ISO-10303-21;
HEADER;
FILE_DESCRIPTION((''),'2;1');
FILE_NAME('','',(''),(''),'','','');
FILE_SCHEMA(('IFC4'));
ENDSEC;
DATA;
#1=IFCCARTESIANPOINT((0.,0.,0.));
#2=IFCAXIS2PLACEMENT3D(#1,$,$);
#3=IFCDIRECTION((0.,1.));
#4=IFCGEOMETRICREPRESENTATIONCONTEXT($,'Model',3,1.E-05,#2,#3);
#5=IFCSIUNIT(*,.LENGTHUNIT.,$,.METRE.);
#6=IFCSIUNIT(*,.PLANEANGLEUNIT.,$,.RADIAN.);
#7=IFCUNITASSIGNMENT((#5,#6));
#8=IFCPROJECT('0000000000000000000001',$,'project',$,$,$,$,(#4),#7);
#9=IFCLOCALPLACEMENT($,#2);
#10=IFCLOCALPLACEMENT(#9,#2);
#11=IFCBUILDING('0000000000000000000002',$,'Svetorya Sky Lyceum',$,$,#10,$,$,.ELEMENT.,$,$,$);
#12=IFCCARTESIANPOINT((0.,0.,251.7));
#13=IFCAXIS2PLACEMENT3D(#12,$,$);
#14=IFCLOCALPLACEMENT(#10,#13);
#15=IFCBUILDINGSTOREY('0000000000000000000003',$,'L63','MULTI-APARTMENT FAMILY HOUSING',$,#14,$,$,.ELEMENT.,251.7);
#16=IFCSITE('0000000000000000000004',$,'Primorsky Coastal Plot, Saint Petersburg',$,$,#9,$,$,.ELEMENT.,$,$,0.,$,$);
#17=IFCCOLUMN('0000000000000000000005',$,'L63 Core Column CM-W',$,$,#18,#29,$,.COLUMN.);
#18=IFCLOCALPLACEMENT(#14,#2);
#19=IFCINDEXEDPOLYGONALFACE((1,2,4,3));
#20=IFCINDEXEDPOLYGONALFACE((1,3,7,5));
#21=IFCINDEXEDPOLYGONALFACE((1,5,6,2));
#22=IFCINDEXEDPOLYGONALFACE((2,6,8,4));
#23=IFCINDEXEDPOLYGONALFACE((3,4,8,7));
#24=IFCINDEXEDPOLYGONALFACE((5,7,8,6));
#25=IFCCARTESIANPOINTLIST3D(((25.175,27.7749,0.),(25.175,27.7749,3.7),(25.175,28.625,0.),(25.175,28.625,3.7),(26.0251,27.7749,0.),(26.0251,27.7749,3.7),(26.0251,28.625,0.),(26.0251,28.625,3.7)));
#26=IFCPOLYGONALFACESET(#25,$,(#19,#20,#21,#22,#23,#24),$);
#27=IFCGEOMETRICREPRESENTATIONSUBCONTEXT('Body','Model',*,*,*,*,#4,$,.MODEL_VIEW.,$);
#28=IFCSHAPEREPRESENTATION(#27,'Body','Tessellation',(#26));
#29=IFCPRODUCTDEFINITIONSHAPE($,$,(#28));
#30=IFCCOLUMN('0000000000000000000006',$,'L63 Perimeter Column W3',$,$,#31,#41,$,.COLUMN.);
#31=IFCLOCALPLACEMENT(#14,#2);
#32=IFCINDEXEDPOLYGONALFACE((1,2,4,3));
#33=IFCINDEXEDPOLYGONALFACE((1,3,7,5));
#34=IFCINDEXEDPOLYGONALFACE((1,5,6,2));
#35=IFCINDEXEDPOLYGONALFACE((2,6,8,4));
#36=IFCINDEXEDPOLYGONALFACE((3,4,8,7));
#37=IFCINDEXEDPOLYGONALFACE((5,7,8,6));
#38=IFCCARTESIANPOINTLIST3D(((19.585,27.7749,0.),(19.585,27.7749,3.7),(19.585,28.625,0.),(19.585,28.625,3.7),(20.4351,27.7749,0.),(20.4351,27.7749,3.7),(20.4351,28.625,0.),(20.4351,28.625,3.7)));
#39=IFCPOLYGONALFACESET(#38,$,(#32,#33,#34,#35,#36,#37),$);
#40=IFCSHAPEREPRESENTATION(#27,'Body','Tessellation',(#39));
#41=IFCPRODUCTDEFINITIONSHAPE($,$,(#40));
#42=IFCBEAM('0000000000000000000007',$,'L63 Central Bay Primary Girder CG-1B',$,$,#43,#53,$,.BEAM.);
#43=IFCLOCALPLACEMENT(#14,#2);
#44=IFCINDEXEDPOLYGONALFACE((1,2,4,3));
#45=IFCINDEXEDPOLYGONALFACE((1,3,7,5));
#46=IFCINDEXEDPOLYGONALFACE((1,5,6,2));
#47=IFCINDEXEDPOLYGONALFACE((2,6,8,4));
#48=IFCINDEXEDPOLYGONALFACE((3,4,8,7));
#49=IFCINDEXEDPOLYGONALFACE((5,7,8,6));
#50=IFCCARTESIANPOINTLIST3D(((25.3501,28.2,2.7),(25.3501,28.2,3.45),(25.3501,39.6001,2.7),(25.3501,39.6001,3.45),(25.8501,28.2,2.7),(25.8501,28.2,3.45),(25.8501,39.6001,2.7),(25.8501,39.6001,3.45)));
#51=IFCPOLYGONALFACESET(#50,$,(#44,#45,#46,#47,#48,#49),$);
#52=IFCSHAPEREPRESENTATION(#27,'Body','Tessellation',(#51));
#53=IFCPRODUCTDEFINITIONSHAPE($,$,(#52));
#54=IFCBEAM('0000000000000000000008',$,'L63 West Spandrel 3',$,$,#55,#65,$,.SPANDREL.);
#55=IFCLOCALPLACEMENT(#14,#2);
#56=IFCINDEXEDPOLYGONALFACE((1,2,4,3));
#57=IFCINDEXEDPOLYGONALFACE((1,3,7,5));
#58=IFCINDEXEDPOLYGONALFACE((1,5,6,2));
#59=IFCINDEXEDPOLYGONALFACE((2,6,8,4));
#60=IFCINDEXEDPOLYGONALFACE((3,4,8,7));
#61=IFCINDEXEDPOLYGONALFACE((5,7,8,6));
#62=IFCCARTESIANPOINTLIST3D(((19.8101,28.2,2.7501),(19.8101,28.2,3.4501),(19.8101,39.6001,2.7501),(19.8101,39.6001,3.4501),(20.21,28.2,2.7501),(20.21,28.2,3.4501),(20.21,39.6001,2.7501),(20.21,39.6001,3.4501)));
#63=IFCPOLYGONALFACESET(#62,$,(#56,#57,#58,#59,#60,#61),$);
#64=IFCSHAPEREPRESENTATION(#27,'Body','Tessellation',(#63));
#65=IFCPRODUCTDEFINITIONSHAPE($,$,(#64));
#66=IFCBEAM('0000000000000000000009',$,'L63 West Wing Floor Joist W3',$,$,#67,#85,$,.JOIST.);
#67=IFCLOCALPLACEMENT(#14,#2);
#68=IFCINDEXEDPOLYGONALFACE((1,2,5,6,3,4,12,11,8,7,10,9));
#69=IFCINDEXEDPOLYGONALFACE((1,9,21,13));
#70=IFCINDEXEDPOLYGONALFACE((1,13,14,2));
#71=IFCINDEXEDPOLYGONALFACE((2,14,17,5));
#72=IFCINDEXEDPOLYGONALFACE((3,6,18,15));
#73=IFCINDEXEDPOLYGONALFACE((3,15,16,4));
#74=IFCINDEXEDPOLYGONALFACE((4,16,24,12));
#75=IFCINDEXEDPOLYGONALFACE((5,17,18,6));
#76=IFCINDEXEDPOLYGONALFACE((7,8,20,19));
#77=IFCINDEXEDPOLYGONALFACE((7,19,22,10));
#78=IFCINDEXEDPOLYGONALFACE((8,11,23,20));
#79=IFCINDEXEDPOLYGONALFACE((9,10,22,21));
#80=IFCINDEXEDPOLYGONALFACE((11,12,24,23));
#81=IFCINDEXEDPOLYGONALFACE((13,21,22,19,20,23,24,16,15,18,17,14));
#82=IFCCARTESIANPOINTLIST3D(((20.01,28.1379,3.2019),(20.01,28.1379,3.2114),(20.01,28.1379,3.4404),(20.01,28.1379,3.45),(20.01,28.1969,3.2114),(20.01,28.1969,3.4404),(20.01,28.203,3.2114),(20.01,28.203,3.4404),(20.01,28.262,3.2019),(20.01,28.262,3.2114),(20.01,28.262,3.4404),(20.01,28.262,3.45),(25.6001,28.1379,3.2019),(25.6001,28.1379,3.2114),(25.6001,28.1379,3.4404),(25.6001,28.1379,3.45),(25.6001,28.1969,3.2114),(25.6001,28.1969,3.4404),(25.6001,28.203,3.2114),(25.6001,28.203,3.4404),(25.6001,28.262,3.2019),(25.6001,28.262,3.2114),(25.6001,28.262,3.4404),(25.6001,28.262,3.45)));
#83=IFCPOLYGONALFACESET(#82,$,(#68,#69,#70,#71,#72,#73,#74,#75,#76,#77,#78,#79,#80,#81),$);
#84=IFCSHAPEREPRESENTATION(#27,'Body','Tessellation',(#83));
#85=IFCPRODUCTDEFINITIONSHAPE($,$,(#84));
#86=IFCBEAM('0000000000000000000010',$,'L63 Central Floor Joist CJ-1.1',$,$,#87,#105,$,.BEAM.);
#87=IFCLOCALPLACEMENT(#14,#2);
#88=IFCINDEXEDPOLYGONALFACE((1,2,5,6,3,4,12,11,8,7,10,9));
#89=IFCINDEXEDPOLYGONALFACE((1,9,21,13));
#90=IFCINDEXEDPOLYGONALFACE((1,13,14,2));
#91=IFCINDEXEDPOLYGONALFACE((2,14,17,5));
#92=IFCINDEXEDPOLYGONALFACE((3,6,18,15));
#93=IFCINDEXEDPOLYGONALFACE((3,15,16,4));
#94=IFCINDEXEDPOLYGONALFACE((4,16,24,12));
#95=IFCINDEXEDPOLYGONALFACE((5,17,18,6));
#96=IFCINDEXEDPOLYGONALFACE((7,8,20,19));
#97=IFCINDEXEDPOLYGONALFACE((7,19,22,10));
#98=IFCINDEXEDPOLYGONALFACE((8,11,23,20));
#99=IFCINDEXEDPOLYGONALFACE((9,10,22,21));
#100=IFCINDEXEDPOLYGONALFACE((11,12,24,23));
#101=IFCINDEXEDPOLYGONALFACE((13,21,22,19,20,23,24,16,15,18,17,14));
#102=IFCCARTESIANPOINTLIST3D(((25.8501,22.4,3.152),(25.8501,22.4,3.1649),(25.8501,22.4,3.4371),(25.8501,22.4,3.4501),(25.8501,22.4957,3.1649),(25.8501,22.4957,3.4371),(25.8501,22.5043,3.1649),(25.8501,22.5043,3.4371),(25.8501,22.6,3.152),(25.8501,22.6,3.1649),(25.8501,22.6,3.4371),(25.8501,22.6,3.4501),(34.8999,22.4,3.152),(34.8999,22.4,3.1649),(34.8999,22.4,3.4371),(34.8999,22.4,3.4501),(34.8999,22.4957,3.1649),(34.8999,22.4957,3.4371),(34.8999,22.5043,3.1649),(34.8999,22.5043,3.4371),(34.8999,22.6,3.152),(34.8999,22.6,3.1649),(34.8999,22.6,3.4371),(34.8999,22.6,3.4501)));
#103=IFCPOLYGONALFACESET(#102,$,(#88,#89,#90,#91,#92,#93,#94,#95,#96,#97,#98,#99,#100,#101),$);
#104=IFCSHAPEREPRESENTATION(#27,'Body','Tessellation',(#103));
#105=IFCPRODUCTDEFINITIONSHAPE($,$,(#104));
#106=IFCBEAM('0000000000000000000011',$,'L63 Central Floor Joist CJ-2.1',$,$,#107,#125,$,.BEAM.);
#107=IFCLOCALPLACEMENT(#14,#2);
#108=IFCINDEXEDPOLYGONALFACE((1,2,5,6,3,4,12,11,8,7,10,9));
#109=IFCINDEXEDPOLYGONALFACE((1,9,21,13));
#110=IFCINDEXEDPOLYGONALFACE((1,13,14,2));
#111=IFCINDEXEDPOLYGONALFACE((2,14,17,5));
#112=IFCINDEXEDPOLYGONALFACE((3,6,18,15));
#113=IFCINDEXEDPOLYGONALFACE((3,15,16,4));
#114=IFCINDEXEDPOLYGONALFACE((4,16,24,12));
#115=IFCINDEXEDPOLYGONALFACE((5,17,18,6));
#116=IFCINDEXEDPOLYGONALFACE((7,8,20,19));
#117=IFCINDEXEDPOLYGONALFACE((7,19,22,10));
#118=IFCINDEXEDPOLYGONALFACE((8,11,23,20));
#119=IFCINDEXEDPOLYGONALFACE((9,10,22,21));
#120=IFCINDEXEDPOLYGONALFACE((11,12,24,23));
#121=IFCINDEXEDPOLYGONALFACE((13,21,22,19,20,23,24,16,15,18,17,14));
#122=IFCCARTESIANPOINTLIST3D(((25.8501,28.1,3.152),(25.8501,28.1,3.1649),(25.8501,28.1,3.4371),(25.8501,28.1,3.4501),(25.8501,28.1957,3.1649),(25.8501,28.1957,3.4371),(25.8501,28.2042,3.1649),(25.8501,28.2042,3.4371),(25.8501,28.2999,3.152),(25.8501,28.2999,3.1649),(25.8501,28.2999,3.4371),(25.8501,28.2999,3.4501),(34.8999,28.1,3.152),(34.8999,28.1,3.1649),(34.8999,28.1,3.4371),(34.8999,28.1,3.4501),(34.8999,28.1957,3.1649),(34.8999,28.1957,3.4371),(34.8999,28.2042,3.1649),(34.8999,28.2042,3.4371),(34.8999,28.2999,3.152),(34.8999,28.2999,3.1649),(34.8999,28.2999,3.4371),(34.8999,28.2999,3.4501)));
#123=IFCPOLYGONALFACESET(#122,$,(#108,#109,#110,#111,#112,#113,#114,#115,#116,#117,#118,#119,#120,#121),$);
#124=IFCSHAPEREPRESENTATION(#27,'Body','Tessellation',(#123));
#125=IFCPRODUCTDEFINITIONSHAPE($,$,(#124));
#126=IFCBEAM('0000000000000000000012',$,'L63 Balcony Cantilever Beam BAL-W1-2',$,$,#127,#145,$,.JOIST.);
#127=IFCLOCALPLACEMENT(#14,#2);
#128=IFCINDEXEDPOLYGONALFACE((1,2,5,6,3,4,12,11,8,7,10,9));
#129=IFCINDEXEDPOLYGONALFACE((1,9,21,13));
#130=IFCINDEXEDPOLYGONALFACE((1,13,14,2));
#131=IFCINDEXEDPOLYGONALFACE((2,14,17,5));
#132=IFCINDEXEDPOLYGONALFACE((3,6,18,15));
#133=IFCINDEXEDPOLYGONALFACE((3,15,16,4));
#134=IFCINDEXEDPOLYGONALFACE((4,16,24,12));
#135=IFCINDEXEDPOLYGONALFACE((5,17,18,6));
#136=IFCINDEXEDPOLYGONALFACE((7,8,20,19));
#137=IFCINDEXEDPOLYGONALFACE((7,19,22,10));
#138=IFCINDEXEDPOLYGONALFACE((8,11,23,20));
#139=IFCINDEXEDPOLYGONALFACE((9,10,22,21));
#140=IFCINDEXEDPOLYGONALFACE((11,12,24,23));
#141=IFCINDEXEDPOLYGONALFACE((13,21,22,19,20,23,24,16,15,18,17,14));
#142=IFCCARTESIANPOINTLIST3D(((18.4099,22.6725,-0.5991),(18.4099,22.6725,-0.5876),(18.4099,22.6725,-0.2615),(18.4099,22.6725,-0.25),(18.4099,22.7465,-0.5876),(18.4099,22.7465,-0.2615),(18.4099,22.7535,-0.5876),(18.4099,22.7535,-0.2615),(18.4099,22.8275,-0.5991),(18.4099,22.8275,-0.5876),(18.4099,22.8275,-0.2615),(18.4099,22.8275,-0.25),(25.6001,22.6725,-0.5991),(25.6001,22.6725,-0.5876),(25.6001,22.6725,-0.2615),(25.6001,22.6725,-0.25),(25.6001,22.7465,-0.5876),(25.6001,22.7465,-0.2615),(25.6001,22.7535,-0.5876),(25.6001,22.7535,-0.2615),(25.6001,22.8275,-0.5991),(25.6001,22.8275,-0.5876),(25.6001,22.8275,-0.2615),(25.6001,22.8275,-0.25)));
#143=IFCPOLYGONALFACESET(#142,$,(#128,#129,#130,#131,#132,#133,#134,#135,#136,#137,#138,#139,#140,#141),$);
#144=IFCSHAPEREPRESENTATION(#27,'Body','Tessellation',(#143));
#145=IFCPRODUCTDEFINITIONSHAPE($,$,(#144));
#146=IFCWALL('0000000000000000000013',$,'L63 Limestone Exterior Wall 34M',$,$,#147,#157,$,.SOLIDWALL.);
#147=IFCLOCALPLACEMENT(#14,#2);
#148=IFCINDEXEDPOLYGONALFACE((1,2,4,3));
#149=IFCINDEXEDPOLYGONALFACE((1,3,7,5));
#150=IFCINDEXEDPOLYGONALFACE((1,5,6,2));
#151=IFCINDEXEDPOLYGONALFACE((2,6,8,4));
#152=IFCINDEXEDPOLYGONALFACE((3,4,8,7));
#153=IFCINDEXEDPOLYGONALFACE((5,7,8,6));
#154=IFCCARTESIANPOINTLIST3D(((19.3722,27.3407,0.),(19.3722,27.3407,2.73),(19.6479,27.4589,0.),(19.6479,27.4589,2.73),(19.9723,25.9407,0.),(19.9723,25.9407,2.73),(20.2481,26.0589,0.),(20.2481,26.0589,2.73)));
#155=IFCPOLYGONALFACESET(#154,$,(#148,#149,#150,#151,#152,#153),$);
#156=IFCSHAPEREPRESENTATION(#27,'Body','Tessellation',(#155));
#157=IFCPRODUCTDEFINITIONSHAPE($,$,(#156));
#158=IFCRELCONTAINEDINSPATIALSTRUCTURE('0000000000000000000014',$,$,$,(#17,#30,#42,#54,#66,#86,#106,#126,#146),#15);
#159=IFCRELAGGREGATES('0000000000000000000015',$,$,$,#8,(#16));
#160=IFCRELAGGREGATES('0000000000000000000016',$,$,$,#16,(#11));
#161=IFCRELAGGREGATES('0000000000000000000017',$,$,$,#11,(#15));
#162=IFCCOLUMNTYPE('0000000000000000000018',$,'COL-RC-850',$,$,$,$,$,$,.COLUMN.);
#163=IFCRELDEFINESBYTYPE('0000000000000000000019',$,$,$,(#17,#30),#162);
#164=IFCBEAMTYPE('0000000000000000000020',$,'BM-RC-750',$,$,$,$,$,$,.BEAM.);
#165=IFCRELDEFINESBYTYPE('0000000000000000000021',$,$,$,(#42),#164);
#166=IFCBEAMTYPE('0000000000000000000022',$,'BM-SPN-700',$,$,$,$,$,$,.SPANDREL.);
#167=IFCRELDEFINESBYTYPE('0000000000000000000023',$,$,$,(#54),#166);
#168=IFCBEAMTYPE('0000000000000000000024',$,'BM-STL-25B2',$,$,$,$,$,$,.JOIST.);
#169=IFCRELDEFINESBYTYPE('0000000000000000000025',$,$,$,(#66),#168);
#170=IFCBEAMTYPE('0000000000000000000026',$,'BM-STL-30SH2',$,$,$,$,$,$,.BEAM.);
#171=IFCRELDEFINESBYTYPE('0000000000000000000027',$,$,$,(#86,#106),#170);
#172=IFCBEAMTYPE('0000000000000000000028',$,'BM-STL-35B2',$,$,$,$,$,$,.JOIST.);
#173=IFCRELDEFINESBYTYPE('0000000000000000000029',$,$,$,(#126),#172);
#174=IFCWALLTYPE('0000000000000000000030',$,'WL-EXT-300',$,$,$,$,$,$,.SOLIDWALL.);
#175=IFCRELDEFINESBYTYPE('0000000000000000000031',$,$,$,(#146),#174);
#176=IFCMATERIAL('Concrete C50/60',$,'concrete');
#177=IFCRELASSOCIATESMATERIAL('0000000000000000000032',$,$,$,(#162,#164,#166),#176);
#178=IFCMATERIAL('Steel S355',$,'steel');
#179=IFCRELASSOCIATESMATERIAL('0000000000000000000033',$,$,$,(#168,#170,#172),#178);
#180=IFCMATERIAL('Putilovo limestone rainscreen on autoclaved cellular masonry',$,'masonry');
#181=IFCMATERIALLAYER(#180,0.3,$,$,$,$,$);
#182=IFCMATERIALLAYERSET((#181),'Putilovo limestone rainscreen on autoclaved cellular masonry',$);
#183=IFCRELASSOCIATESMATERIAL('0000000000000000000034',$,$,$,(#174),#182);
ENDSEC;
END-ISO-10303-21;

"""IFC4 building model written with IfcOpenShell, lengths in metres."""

from ifc_helpers import new_model, si_unit, direction, frame, frame_2d, origin, origin_2d, place, context, subcontext, project, spatial, rectangle, i_section, extrude, material, layer, layer_set, material_profile, profile_set, type_object, element, save


model = new_model("IFC4")

# Units and contexts
model_context = context("Model", 3, precision=1e-05, world=origin(), true_north=direction((0.0, 1.0)))
body_context = subcontext(model_context, "Body", "Model", "MODEL_VIEW")
ifc_project = project(units=[si_unit("LENGTHUNIT", "METRE"), si_unit("PLANEANGLEUNIT", "RADIAN")], contexts=[model_context])

# Site, building, storey
site_placement = place(None, origin())
site = spatial("IfcSite", under=ifc_project, at=site_placement, Name="Primorsky Coastal Plot, Saint Petersburg", CompositionType="ELEMENT", RefElevation=0.0)
building_placement = place(site_placement, origin())
building = spatial("IfcBuilding", under=site, at=building_placement, Name="Svetorya Sky Lyceum", CompositionType="ELEMENT")
storey_placement = place(building_placement, frame((0.0, 0.0, 251.7)))
storey = spatial("IfcBuildingStorey", under=building, at=storey_placement, Name="L63", Description="MULTI-APARTMENT FAMILY HOUSING", CompositionType="ELEMENT", Elevation=251.7)

# Columns
ifc_material_1 = material(Name="Concrete C50/60", Category="concrete")
ifc_material_profile_1 = material_profile(ifc_material_1, rectangle(XDim=0.8501, YDim=0.8501, at=origin_2d()), Name="RC COL 850x850")
ifc_profile_set_1 = profile_set([ifc_material_profile_1], Name="Concrete C50/60")
column_type = type_object("IfcColumnType", Name="COL-RC-850", PredefinedType="COLUMN", material=ifc_profile_set_1)
for number, where, z_axis, x_axis, name in (
    (1, (25.6001, 28.2, 0.0), (0.0, 0.0, 1.0), (1.0, 0.0, 0.0), "L63 Core Column CM-W"),
    (2, (20.01, 28.2, 0.0), (0.0, 0.0, 1.0), (1.0, 0.0, 0.0), "L63 Perimeter Column W3"),
):
    element("IfcColumn", number, at=place(storey_placement, frame(where, z_axis=z_axis, x_axis=x_axis)), inside=storey, type_object=column_type, Name=name, PredefinedType="COLUMN", context=body_context, shape_type="SweptSolid", body=[
        extrude(rectangle(XDim=0.8501, YDim=0.8501, at=origin_2d()), origin(), (0.0, 0.0, 1.0), 3.7),
    ])

# Beams
ifc_material_profile_2 = material_profile(ifc_material_1, rectangle(XDim=0.5, YDim=0.75, at=origin_2d()), Name="RC BEAM 500x750")
ifc_profile_set_2 = profile_set([ifc_material_profile_2], Name="Concrete C50/60")
beam_type_1 = type_object("IfcBeamType", Name="BM-RC-750", PredefinedType="BEAM", material=ifc_profile_set_2)
beam_1_placement = place(storey_placement, frame((25.6001, 28.2, 3.075), z_axis=(0.0, 1.0, 0.0), x_axis=(-1.0, 0.0, 0.0)))
element("IfcBeam", 3, at=beam_1_placement, inside=storey, type_object=beam_type_1, Name="L63 Central Bay Primary Girder CG-1B", PredefinedType="BEAM", context=body_context, shape_type="SweptSolid", body=[
    extrude(rectangle(XDim=0.5, YDim=0.75, at=origin_2d()), origin(), (0.0, 0.0, 1.0), 11.4001),
])
ifc_material_profile_3 = material_profile(ifc_material_1, rectangle(XDim=0.3999, YDim=0.7, at=origin_2d()), Name="RC SPANDREL 400x700")
ifc_profile_set_3 = profile_set([ifc_material_profile_3], Name="Concrete C50/60")
beam_type_2 = type_object("IfcBeamType", Name="BM-SPN-700", PredefinedType="SPANDREL", material=ifc_profile_set_3)
beam_2_placement = place(storey_placement, frame((20.01, 28.2, 3.1001), z_axis=(0.0, 1.0, 0.0), x_axis=(-1.0, 0.0, 0.0)))
element("IfcBeam", 4, at=beam_2_placement, inside=storey, type_object=beam_type_2, Name="L63 West Spandrel 3", PredefinedType="SPANDREL", context=body_context, shape_type="SweptSolid", body=[
    extrude(rectangle(XDim=0.3999, YDim=0.7, at=origin_2d()), origin(), (0.0, 0.0, 1.0), 11.4001),
])
ifc_material_2 = material(Name="Steel S355", Category="steel")
ifc_material_profile_4 = material_profile(ifc_material_2, i_section(OverallWidth=0.124, OverallDepth=0.248, WebThickness=0.0061, FlangeThickness=0.0095, at=origin_2d()), Name="GOST 25B2")
ifc_profile_set_4 = profile_set([ifc_material_profile_4], Name="Steel S355")
beam_type_3 = type_object("IfcBeamType", Name="BM-STL-25B2", PredefinedType="JOIST", material=ifc_profile_set_4)
beam_3_placement = place(storey_placement, frame((20.01, 28.2, 3.3259), z_axis=(1.0, 0.0, 0.0), x_axis=(0.0, 1.0, 0.0)))
element("IfcBeam", 5, at=beam_3_placement, inside=storey, type_object=beam_type_3, Name="L63 West Wing Floor Joist W3", PredefinedType="JOIST", context=body_context, shape_type="SweptSolid", body=[
    extrude(i_section(OverallWidth=0.124, OverallDepth=0.248, WebThickness=0.0061, FlangeThickness=0.0095, at=origin_2d()), origin(), (0.0, 0.0, 1.0), 5.5901),
])
ifc_material_profile_5 = material_profile(ifc_material_2, i_section(OverallWidth=0.2, OverallDepth=0.2981, WebThickness=0.0085, FlangeThickness=0.0129, at=origin_2d()), Name="GOST 30Sh2")
ifc_profile_set_5 = profile_set([ifc_material_profile_5], Name="Steel S355")
beam_type_4 = type_object("IfcBeamType", Name="BM-STL-30SH2", PredefinedType="BEAM", material=ifc_profile_set_5)
for number, where, z_axis, x_axis, name in (
    (6, (25.8501, 22.5, 3.301), (1.0, 0.0, 0.0), (0.0, 1.0, 0.0), "L63 Central Floor Joist CJ-1.1"),
    (7, (25.8501, 28.2, 3.301), (1.0, 0.0, 0.0), (0.0, 1.0, 0.0), "L63 Central Floor Joist CJ-2.1"),
):
    element("IfcBeam", number, at=place(storey_placement, frame(where, z_axis=z_axis, x_axis=x_axis)), inside=storey, type_object=beam_type_4, Name=name, PredefinedType="BEAM", context=body_context, shape_type="SweptSolid", body=[
        extrude(i_section(OverallWidth=0.2, OverallDepth=0.2981, WebThickness=0.0085, FlangeThickness=0.0129, at=origin_2d()), origin(), (0.0, 0.0, 1.0), 9.0498),
    ])
ifc_material_profile_6 = material_profile(ifc_material_2, i_section(OverallWidth=0.155, OverallDepth=0.3491, WebThickness=0.0071, FlangeThickness=0.0115, at=origin_2d()), Name="GOST 35B2")
ifc_profile_set_6 = profile_set([ifc_material_profile_6], Name="Steel S355")
beam_type_5 = type_object("IfcBeamType", Name="BM-STL-35B2", PredefinedType="JOIST", material=ifc_profile_set_6)
beam_4_placement = place(storey_placement, frame((25.6001, 22.75, -0.4246), z_axis=(-1.0, 0.0, 0.0), x_axis=(0.0, -1.0, 0.0)))
element("IfcBeam", 8, at=beam_4_placement, inside=storey, type_object=beam_type_5, Name="L63 Balcony Cantilever Beam BAL-W1-2", PredefinedType="JOIST", context=body_context, shape_type="SweptSolid", body=[
    extrude(i_section(OverallWidth=0.155, OverallDepth=0.3491, WebThickness=0.0071, FlangeThickness=0.0115, at=origin_2d()), origin(), (0.0, 0.0, 1.0), 7.1902),
])

# Wall
ifc_material_3 = material(Name="Putilovo limestone rainscreen on autoclaved cellular masonry", Category="masonry")
ifc_layer_1 = layer(ifc_material_3, 0.3)
ifc_layer_set_1 = layer_set([ifc_layer_1], Name="Putilovo limestone rainscreen on autoclaved cellular masonry")
wall_type_1 = type_object("IfcWallType", Name="WL-EXT-300", PredefinedType="SOLIDWALL", material=ifc_layer_set_1)
wall_1_placement = place(storey_placement, frame((19.51, 27.3999, 0.0), z_axis=(0.0, 0.0, 1.0), x_axis=(0.393997, -0.919112, 0.0)))
element("IfcWall", 9, at=wall_1_placement, inside=storey, type_object=wall_type_1, Name="L63 Limestone Exterior Wall 34M", PredefinedType="SOLIDWALL", context=body_context, shape_type="SweptSolid", body=[
    extrude(rectangle(XDim=1.5232, YDim=0.3, at=frame_2d((0.7617, 0.0))), origin(), (0.0, 0.0, 1.0), 2.73),
])

save(model, "model.ifc")
